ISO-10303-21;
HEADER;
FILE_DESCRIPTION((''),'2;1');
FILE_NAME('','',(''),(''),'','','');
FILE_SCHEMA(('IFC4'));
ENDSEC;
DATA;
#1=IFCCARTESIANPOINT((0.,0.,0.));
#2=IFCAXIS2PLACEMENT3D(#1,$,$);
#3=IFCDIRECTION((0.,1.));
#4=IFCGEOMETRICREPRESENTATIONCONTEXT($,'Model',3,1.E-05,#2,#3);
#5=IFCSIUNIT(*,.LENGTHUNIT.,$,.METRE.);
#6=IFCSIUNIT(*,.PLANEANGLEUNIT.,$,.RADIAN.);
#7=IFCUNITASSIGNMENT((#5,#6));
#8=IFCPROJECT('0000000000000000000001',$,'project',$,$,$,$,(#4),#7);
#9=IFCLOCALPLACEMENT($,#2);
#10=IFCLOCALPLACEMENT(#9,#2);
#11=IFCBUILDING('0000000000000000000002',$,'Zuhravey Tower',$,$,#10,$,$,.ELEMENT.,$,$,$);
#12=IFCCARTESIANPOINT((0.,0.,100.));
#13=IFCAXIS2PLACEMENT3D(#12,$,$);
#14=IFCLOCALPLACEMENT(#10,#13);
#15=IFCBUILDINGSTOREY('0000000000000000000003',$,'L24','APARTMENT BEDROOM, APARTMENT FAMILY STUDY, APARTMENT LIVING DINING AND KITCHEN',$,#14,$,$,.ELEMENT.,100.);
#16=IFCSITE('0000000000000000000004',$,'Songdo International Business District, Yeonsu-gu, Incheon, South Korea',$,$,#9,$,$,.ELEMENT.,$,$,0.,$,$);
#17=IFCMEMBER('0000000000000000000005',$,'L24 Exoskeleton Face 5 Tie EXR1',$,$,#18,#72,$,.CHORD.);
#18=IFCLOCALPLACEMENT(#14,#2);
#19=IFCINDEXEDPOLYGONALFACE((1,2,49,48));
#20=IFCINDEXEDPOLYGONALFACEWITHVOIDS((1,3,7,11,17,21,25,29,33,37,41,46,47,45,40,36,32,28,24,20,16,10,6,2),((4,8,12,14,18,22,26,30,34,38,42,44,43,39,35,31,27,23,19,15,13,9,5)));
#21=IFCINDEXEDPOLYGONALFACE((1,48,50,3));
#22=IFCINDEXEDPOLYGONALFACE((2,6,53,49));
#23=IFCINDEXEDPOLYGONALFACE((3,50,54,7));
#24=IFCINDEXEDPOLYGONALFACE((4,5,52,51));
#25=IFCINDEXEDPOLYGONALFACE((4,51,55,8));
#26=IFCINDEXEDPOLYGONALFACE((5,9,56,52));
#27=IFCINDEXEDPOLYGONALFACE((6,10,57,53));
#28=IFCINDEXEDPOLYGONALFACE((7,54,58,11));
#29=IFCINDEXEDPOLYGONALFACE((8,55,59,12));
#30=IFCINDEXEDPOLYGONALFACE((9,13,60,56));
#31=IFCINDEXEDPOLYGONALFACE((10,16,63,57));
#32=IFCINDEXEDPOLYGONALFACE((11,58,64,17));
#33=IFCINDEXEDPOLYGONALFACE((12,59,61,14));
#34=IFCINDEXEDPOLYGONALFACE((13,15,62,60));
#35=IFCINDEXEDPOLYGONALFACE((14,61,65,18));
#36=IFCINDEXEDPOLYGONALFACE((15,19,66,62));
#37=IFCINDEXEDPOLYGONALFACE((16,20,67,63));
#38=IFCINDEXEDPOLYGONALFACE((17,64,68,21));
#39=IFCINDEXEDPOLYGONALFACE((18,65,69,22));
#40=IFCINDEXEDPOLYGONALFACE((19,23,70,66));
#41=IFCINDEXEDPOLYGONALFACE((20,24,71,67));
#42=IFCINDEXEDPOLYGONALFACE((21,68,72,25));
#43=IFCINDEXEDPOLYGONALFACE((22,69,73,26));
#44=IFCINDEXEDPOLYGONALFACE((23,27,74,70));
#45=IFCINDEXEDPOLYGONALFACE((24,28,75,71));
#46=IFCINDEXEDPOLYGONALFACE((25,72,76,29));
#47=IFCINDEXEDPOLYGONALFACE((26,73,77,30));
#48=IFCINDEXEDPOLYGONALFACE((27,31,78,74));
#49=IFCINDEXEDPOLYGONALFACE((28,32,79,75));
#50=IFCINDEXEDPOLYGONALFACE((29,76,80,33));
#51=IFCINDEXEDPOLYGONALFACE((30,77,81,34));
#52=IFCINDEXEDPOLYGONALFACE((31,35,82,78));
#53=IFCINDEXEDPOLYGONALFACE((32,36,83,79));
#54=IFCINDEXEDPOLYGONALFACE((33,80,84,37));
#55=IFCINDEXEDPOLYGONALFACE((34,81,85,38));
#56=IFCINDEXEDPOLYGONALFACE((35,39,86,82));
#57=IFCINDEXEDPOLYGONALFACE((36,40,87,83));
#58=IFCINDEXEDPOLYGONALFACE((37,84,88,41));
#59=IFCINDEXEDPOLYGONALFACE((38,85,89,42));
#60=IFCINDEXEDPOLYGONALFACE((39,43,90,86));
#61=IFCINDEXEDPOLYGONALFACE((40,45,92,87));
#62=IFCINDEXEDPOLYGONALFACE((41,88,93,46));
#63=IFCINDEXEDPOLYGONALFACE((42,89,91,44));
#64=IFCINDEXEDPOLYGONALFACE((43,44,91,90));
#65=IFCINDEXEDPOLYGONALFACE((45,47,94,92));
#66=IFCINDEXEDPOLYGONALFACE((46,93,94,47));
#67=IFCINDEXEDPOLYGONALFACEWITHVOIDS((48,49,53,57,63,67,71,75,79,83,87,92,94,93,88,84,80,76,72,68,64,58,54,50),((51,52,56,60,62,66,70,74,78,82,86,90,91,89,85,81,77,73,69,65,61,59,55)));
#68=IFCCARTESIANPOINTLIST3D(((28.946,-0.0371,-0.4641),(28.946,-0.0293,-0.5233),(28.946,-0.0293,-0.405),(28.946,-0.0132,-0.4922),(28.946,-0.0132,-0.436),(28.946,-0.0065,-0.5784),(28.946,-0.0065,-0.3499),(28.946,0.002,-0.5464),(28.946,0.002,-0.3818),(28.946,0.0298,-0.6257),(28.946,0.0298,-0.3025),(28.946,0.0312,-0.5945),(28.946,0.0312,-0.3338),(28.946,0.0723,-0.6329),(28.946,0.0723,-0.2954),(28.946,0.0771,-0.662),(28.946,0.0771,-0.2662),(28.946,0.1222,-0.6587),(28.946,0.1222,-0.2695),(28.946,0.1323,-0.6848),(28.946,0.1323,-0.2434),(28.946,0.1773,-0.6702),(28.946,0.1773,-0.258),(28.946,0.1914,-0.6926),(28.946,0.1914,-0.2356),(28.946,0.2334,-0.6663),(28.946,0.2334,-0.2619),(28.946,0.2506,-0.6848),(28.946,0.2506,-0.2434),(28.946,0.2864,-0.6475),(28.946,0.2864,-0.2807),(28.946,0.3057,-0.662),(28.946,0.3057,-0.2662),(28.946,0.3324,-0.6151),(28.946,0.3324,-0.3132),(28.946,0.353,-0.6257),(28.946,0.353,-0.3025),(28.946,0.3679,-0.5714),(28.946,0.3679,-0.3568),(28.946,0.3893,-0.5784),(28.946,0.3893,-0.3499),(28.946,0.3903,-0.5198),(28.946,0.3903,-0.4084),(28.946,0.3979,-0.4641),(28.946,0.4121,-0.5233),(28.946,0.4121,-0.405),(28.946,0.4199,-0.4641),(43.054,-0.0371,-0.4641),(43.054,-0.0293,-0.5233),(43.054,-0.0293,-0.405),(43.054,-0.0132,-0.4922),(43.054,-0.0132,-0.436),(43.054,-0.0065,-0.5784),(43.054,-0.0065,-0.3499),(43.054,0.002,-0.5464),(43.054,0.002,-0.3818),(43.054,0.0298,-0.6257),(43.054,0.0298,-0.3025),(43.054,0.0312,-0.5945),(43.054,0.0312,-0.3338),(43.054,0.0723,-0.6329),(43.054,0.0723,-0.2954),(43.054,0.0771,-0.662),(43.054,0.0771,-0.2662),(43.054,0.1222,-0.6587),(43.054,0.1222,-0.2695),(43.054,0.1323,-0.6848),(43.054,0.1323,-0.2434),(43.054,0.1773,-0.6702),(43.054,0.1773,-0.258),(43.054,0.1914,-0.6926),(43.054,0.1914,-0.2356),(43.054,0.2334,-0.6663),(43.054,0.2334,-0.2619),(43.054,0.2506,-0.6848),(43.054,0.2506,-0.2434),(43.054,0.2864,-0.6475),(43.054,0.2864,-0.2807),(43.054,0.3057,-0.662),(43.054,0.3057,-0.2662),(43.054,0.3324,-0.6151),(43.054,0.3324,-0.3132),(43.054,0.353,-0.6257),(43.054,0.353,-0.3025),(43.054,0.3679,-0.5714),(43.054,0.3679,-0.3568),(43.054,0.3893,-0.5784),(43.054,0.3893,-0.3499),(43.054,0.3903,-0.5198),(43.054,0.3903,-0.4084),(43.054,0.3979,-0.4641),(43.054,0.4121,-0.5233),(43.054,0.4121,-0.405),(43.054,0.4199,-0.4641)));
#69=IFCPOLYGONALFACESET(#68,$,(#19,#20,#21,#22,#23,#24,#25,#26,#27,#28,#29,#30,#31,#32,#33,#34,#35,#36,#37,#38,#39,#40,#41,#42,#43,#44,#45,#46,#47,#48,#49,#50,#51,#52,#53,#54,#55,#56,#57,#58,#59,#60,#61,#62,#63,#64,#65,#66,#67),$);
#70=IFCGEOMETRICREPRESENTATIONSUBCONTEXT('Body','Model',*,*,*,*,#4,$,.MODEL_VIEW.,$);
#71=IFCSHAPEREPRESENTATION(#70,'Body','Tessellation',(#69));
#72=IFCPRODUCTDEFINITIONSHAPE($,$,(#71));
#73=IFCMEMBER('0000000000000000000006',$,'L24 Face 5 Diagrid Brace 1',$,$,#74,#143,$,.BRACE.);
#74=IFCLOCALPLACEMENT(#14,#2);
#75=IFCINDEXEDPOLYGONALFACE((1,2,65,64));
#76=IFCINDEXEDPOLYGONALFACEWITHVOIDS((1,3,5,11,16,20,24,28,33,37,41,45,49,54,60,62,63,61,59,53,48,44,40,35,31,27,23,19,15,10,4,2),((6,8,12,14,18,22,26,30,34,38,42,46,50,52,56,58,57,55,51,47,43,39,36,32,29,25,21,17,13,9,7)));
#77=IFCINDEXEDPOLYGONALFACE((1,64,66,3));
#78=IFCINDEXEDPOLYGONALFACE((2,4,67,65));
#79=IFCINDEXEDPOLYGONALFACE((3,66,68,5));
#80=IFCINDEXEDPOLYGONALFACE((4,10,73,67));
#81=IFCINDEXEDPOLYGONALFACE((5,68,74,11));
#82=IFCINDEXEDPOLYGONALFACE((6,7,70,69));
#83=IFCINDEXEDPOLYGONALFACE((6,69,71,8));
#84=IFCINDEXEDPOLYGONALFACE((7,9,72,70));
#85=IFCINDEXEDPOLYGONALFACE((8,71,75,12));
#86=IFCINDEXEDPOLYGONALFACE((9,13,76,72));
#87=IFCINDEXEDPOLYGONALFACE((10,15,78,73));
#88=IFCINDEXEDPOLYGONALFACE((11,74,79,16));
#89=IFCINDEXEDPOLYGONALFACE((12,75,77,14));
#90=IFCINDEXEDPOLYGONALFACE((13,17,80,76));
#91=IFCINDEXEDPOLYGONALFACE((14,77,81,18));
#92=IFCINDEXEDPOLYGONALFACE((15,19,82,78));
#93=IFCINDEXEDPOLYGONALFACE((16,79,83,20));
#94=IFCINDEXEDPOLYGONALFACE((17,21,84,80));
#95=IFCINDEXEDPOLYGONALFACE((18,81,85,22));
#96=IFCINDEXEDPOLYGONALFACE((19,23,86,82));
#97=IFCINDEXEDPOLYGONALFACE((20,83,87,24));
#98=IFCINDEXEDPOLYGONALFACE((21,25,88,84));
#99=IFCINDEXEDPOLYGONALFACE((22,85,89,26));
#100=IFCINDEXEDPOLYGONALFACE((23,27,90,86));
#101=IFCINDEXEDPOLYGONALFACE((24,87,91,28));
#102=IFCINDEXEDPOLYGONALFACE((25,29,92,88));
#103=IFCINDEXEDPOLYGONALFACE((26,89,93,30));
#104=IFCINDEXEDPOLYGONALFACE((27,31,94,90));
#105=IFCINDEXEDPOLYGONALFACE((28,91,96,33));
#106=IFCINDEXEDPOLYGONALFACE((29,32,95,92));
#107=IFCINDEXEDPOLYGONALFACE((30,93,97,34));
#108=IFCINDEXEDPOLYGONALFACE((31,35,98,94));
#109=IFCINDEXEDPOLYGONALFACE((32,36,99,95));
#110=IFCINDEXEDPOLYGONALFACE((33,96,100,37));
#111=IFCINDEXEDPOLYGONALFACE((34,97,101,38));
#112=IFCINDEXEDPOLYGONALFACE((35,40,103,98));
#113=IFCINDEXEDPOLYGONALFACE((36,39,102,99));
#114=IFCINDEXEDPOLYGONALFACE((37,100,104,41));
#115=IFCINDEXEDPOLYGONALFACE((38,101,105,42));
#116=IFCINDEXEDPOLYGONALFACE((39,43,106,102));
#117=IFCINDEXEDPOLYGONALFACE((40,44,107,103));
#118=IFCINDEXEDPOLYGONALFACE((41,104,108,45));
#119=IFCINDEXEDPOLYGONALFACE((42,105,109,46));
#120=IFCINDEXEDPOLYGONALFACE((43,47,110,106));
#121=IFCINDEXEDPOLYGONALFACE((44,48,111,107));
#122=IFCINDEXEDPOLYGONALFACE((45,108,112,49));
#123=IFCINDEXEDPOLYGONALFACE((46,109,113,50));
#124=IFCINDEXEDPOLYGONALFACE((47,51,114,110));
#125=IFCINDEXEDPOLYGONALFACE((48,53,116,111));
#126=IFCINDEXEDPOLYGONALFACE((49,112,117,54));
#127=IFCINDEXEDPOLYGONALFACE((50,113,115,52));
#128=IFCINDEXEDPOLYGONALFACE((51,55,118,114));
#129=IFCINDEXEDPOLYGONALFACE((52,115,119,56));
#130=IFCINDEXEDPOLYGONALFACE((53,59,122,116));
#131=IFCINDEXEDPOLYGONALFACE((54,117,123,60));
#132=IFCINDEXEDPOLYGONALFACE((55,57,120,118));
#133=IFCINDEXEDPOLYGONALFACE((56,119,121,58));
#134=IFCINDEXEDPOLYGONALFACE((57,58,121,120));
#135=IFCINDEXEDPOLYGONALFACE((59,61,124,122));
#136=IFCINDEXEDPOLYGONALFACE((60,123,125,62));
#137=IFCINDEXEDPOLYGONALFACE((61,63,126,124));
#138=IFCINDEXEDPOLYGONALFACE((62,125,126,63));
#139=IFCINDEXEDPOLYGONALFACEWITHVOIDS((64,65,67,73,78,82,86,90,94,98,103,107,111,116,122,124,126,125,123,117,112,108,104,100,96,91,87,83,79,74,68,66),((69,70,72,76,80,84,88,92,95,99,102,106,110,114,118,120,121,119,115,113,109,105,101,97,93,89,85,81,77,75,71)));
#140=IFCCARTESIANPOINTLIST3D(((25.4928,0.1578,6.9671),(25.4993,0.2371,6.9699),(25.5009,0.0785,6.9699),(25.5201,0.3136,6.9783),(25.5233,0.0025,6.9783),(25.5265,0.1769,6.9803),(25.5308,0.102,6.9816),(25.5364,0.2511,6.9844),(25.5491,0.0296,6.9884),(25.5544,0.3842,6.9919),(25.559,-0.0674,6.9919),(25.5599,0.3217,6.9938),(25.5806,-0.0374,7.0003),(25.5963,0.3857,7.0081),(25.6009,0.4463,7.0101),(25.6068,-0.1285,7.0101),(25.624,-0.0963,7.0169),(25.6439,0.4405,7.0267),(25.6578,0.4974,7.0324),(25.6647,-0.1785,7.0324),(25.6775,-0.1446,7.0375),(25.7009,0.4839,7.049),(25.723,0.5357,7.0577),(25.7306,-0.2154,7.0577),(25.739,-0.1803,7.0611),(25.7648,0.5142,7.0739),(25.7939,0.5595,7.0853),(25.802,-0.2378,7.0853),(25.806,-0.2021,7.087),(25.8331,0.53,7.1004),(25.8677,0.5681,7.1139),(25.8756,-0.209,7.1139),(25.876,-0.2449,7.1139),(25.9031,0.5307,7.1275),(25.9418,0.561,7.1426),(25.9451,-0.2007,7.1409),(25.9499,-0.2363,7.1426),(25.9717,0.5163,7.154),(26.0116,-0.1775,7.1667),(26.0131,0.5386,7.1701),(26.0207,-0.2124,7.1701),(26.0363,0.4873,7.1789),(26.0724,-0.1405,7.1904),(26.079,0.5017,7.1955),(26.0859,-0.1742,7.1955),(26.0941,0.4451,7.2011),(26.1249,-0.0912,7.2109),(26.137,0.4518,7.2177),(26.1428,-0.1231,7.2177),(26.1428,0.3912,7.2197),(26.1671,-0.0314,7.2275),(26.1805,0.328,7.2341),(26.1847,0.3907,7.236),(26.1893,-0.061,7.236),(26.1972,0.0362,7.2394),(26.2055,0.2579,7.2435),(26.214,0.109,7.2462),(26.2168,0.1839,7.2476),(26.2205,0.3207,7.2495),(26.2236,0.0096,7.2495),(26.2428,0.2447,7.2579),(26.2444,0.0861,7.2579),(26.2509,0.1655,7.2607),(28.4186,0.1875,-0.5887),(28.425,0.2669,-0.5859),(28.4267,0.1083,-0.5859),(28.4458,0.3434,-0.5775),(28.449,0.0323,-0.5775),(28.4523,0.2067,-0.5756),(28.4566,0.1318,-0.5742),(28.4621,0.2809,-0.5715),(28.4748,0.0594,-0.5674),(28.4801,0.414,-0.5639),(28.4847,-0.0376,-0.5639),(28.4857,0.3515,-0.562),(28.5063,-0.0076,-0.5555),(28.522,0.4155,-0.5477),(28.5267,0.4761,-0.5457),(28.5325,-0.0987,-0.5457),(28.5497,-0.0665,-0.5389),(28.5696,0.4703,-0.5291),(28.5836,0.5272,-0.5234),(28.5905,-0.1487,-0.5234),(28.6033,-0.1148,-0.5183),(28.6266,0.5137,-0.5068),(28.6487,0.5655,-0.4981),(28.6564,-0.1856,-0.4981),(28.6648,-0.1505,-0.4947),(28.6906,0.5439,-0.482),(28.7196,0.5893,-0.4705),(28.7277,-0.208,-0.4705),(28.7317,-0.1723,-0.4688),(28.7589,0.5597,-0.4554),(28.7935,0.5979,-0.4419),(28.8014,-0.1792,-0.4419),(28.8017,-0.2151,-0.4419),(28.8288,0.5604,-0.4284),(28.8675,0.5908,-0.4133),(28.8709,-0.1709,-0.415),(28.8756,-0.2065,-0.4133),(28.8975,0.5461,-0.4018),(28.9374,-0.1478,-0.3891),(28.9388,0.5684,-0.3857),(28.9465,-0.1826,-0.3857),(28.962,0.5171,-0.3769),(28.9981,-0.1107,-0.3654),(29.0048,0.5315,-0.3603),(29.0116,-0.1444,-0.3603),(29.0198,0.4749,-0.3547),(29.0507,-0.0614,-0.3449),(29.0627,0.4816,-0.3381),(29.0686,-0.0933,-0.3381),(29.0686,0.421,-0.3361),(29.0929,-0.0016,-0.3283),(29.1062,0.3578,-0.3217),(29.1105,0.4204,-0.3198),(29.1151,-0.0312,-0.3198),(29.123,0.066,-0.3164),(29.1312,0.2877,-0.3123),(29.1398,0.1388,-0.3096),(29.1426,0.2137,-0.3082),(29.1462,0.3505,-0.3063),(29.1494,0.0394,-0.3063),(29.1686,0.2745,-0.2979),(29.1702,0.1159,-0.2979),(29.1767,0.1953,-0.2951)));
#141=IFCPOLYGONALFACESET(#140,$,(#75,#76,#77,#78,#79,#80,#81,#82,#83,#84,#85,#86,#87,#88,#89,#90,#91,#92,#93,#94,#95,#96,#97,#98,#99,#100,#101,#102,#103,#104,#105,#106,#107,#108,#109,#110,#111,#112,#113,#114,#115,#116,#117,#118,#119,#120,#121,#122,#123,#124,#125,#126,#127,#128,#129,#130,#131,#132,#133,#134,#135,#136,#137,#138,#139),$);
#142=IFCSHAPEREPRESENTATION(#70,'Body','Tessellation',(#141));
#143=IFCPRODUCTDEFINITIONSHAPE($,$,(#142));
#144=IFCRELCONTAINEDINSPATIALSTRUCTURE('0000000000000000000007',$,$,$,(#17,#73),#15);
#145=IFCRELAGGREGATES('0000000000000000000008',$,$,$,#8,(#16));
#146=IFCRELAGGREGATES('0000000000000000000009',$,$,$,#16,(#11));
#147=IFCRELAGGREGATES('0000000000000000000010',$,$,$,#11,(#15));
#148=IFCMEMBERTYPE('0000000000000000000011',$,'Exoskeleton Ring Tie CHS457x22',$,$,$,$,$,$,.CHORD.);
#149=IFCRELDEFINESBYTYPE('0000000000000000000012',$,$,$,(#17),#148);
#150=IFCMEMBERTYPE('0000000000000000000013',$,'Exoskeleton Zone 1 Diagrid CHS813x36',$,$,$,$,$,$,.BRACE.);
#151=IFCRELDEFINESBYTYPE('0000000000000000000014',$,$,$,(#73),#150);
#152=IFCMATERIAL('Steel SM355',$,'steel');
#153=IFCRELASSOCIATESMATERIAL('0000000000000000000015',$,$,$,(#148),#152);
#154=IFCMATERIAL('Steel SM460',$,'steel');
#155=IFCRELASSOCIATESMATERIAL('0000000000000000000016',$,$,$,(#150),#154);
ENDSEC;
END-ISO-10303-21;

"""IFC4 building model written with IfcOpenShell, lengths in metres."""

from ifc_helpers import new_model, si_unit, direction, frame, origin, origin_2d, place, context, subcontext, project, spatial, hollow_circle, extrude, material, material_profile, profile_set, type_object, element, save


model = new_model("IFC4")

# Units and contexts
model_context = context("Model", 3, precision=1e-05, world=origin(), true_north=direction((0.0, 1.0)))
body_context = subcontext(model_context, "Body", "Model", "MODEL_VIEW")
ifc_project = project(units=[si_unit("LENGTHUNIT", "METRE"), si_unit("PLANEANGLEUNIT", "RADIAN")], contexts=[model_context])

# Site, building, storey
site_placement = place(None, origin())
site = spatial("IfcSite", under=ifc_project, at=site_placement, Name="Songdo International Business District, Yeonsu-gu, Incheon, South Korea", CompositionType="ELEMENT", RefElevation=0.0)
building_placement = place(site_placement, origin())
building = spatial("IfcBuilding", under=site, at=building_placement, Name="Zuhravey Tower", CompositionType="ELEMENT")
storey_placement = place(building_placement, frame((0.0, 0.0, 100.0)))
storey = spatial("IfcBuildingStorey", under=building, at=storey_placement, Name="L24", Description="APARTMENT BEDROOM, APARTMENT FAMILY STUDY, APARTMENT LIVING DINING AND KITCHEN", CompositionType="ELEMENT", Elevation=100.0)

# Members
ifc_material_1 = material(Name="Steel SM355", Category="steel")
ifc_material_profile_1 = material_profile(ifc_material_1, hollow_circle(Radius=0.2285, WallThickness=0.022, at=origin_2d()), Name="CHS-457.2x22")
ifc_profile_set_1 = profile_set([ifc_material_profile_1], Name="Steel SM355")
member_type_1 = type_object("IfcMemberType", Name="Exoskeleton Ring Tie CHS457x22", PredefinedType="CHORD", material=ifc_profile_set_1)
member_1_placement = place(storey_placement, frame((28.946, 0.1914, -0.4641), z_axis=(1.0, 0.0, 0.0), x_axis=(0.0, 1.0, 0.0)))
element("IfcMember", 1, at=member_1_placement, inside=storey, type_object=member_type_1, Name="L24 Exoskeleton Face 5 Tie EXR1", PredefinedType="CHORD", context=body_context, shape_type="SweptSolid", body=[
    extrude(hollow_circle(Radius=0.2285, WallThickness=0.022, at=origin_2d()), origin(), (0.0, 0.0, 1.0), 14.1079),
])
ifc_material_2 = material(Name="Steel SM460", Category="steel")
ifc_material_profile_2 = material_profile(ifc_material_2, hollow_circle(Radius=0.4065, WallThickness=0.0359, at=origin_2d()), Name="CHS-812.8x36")
ifc_profile_set_2 = profile_set([ifc_material_profile_2], Name="Steel SM460")
member_type_2 = type_object("IfcMemberType", Name="Exoskeleton Zone 1 Diagrid CHS813x36", PredefinedType="BRACE", material=ifc_profile_set_2)
member_2_placement = place(storey_placement, frame((28.7976, 0.1914, -0.4419), z_axis=(-0.36109, -0.003676, 0.932524), x_axis=(0.01018, -0.999948, 0.0)))
element("IfcMember", 2, at=member_2_placement, inside=storey, type_object=member_type_2, Name="L24 Face 5 Diagrid Brace 1", PredefinedType="BRACE", context=body_context, shape_type="SweptSolid", body=[
    extrude(hollow_circle(Radius=0.4065, WallThickness=0.0359, at=origin_2d()), origin(), (0.0, 0.0, 1.0), 8.1025),
])

save(model, "model.ifc")
